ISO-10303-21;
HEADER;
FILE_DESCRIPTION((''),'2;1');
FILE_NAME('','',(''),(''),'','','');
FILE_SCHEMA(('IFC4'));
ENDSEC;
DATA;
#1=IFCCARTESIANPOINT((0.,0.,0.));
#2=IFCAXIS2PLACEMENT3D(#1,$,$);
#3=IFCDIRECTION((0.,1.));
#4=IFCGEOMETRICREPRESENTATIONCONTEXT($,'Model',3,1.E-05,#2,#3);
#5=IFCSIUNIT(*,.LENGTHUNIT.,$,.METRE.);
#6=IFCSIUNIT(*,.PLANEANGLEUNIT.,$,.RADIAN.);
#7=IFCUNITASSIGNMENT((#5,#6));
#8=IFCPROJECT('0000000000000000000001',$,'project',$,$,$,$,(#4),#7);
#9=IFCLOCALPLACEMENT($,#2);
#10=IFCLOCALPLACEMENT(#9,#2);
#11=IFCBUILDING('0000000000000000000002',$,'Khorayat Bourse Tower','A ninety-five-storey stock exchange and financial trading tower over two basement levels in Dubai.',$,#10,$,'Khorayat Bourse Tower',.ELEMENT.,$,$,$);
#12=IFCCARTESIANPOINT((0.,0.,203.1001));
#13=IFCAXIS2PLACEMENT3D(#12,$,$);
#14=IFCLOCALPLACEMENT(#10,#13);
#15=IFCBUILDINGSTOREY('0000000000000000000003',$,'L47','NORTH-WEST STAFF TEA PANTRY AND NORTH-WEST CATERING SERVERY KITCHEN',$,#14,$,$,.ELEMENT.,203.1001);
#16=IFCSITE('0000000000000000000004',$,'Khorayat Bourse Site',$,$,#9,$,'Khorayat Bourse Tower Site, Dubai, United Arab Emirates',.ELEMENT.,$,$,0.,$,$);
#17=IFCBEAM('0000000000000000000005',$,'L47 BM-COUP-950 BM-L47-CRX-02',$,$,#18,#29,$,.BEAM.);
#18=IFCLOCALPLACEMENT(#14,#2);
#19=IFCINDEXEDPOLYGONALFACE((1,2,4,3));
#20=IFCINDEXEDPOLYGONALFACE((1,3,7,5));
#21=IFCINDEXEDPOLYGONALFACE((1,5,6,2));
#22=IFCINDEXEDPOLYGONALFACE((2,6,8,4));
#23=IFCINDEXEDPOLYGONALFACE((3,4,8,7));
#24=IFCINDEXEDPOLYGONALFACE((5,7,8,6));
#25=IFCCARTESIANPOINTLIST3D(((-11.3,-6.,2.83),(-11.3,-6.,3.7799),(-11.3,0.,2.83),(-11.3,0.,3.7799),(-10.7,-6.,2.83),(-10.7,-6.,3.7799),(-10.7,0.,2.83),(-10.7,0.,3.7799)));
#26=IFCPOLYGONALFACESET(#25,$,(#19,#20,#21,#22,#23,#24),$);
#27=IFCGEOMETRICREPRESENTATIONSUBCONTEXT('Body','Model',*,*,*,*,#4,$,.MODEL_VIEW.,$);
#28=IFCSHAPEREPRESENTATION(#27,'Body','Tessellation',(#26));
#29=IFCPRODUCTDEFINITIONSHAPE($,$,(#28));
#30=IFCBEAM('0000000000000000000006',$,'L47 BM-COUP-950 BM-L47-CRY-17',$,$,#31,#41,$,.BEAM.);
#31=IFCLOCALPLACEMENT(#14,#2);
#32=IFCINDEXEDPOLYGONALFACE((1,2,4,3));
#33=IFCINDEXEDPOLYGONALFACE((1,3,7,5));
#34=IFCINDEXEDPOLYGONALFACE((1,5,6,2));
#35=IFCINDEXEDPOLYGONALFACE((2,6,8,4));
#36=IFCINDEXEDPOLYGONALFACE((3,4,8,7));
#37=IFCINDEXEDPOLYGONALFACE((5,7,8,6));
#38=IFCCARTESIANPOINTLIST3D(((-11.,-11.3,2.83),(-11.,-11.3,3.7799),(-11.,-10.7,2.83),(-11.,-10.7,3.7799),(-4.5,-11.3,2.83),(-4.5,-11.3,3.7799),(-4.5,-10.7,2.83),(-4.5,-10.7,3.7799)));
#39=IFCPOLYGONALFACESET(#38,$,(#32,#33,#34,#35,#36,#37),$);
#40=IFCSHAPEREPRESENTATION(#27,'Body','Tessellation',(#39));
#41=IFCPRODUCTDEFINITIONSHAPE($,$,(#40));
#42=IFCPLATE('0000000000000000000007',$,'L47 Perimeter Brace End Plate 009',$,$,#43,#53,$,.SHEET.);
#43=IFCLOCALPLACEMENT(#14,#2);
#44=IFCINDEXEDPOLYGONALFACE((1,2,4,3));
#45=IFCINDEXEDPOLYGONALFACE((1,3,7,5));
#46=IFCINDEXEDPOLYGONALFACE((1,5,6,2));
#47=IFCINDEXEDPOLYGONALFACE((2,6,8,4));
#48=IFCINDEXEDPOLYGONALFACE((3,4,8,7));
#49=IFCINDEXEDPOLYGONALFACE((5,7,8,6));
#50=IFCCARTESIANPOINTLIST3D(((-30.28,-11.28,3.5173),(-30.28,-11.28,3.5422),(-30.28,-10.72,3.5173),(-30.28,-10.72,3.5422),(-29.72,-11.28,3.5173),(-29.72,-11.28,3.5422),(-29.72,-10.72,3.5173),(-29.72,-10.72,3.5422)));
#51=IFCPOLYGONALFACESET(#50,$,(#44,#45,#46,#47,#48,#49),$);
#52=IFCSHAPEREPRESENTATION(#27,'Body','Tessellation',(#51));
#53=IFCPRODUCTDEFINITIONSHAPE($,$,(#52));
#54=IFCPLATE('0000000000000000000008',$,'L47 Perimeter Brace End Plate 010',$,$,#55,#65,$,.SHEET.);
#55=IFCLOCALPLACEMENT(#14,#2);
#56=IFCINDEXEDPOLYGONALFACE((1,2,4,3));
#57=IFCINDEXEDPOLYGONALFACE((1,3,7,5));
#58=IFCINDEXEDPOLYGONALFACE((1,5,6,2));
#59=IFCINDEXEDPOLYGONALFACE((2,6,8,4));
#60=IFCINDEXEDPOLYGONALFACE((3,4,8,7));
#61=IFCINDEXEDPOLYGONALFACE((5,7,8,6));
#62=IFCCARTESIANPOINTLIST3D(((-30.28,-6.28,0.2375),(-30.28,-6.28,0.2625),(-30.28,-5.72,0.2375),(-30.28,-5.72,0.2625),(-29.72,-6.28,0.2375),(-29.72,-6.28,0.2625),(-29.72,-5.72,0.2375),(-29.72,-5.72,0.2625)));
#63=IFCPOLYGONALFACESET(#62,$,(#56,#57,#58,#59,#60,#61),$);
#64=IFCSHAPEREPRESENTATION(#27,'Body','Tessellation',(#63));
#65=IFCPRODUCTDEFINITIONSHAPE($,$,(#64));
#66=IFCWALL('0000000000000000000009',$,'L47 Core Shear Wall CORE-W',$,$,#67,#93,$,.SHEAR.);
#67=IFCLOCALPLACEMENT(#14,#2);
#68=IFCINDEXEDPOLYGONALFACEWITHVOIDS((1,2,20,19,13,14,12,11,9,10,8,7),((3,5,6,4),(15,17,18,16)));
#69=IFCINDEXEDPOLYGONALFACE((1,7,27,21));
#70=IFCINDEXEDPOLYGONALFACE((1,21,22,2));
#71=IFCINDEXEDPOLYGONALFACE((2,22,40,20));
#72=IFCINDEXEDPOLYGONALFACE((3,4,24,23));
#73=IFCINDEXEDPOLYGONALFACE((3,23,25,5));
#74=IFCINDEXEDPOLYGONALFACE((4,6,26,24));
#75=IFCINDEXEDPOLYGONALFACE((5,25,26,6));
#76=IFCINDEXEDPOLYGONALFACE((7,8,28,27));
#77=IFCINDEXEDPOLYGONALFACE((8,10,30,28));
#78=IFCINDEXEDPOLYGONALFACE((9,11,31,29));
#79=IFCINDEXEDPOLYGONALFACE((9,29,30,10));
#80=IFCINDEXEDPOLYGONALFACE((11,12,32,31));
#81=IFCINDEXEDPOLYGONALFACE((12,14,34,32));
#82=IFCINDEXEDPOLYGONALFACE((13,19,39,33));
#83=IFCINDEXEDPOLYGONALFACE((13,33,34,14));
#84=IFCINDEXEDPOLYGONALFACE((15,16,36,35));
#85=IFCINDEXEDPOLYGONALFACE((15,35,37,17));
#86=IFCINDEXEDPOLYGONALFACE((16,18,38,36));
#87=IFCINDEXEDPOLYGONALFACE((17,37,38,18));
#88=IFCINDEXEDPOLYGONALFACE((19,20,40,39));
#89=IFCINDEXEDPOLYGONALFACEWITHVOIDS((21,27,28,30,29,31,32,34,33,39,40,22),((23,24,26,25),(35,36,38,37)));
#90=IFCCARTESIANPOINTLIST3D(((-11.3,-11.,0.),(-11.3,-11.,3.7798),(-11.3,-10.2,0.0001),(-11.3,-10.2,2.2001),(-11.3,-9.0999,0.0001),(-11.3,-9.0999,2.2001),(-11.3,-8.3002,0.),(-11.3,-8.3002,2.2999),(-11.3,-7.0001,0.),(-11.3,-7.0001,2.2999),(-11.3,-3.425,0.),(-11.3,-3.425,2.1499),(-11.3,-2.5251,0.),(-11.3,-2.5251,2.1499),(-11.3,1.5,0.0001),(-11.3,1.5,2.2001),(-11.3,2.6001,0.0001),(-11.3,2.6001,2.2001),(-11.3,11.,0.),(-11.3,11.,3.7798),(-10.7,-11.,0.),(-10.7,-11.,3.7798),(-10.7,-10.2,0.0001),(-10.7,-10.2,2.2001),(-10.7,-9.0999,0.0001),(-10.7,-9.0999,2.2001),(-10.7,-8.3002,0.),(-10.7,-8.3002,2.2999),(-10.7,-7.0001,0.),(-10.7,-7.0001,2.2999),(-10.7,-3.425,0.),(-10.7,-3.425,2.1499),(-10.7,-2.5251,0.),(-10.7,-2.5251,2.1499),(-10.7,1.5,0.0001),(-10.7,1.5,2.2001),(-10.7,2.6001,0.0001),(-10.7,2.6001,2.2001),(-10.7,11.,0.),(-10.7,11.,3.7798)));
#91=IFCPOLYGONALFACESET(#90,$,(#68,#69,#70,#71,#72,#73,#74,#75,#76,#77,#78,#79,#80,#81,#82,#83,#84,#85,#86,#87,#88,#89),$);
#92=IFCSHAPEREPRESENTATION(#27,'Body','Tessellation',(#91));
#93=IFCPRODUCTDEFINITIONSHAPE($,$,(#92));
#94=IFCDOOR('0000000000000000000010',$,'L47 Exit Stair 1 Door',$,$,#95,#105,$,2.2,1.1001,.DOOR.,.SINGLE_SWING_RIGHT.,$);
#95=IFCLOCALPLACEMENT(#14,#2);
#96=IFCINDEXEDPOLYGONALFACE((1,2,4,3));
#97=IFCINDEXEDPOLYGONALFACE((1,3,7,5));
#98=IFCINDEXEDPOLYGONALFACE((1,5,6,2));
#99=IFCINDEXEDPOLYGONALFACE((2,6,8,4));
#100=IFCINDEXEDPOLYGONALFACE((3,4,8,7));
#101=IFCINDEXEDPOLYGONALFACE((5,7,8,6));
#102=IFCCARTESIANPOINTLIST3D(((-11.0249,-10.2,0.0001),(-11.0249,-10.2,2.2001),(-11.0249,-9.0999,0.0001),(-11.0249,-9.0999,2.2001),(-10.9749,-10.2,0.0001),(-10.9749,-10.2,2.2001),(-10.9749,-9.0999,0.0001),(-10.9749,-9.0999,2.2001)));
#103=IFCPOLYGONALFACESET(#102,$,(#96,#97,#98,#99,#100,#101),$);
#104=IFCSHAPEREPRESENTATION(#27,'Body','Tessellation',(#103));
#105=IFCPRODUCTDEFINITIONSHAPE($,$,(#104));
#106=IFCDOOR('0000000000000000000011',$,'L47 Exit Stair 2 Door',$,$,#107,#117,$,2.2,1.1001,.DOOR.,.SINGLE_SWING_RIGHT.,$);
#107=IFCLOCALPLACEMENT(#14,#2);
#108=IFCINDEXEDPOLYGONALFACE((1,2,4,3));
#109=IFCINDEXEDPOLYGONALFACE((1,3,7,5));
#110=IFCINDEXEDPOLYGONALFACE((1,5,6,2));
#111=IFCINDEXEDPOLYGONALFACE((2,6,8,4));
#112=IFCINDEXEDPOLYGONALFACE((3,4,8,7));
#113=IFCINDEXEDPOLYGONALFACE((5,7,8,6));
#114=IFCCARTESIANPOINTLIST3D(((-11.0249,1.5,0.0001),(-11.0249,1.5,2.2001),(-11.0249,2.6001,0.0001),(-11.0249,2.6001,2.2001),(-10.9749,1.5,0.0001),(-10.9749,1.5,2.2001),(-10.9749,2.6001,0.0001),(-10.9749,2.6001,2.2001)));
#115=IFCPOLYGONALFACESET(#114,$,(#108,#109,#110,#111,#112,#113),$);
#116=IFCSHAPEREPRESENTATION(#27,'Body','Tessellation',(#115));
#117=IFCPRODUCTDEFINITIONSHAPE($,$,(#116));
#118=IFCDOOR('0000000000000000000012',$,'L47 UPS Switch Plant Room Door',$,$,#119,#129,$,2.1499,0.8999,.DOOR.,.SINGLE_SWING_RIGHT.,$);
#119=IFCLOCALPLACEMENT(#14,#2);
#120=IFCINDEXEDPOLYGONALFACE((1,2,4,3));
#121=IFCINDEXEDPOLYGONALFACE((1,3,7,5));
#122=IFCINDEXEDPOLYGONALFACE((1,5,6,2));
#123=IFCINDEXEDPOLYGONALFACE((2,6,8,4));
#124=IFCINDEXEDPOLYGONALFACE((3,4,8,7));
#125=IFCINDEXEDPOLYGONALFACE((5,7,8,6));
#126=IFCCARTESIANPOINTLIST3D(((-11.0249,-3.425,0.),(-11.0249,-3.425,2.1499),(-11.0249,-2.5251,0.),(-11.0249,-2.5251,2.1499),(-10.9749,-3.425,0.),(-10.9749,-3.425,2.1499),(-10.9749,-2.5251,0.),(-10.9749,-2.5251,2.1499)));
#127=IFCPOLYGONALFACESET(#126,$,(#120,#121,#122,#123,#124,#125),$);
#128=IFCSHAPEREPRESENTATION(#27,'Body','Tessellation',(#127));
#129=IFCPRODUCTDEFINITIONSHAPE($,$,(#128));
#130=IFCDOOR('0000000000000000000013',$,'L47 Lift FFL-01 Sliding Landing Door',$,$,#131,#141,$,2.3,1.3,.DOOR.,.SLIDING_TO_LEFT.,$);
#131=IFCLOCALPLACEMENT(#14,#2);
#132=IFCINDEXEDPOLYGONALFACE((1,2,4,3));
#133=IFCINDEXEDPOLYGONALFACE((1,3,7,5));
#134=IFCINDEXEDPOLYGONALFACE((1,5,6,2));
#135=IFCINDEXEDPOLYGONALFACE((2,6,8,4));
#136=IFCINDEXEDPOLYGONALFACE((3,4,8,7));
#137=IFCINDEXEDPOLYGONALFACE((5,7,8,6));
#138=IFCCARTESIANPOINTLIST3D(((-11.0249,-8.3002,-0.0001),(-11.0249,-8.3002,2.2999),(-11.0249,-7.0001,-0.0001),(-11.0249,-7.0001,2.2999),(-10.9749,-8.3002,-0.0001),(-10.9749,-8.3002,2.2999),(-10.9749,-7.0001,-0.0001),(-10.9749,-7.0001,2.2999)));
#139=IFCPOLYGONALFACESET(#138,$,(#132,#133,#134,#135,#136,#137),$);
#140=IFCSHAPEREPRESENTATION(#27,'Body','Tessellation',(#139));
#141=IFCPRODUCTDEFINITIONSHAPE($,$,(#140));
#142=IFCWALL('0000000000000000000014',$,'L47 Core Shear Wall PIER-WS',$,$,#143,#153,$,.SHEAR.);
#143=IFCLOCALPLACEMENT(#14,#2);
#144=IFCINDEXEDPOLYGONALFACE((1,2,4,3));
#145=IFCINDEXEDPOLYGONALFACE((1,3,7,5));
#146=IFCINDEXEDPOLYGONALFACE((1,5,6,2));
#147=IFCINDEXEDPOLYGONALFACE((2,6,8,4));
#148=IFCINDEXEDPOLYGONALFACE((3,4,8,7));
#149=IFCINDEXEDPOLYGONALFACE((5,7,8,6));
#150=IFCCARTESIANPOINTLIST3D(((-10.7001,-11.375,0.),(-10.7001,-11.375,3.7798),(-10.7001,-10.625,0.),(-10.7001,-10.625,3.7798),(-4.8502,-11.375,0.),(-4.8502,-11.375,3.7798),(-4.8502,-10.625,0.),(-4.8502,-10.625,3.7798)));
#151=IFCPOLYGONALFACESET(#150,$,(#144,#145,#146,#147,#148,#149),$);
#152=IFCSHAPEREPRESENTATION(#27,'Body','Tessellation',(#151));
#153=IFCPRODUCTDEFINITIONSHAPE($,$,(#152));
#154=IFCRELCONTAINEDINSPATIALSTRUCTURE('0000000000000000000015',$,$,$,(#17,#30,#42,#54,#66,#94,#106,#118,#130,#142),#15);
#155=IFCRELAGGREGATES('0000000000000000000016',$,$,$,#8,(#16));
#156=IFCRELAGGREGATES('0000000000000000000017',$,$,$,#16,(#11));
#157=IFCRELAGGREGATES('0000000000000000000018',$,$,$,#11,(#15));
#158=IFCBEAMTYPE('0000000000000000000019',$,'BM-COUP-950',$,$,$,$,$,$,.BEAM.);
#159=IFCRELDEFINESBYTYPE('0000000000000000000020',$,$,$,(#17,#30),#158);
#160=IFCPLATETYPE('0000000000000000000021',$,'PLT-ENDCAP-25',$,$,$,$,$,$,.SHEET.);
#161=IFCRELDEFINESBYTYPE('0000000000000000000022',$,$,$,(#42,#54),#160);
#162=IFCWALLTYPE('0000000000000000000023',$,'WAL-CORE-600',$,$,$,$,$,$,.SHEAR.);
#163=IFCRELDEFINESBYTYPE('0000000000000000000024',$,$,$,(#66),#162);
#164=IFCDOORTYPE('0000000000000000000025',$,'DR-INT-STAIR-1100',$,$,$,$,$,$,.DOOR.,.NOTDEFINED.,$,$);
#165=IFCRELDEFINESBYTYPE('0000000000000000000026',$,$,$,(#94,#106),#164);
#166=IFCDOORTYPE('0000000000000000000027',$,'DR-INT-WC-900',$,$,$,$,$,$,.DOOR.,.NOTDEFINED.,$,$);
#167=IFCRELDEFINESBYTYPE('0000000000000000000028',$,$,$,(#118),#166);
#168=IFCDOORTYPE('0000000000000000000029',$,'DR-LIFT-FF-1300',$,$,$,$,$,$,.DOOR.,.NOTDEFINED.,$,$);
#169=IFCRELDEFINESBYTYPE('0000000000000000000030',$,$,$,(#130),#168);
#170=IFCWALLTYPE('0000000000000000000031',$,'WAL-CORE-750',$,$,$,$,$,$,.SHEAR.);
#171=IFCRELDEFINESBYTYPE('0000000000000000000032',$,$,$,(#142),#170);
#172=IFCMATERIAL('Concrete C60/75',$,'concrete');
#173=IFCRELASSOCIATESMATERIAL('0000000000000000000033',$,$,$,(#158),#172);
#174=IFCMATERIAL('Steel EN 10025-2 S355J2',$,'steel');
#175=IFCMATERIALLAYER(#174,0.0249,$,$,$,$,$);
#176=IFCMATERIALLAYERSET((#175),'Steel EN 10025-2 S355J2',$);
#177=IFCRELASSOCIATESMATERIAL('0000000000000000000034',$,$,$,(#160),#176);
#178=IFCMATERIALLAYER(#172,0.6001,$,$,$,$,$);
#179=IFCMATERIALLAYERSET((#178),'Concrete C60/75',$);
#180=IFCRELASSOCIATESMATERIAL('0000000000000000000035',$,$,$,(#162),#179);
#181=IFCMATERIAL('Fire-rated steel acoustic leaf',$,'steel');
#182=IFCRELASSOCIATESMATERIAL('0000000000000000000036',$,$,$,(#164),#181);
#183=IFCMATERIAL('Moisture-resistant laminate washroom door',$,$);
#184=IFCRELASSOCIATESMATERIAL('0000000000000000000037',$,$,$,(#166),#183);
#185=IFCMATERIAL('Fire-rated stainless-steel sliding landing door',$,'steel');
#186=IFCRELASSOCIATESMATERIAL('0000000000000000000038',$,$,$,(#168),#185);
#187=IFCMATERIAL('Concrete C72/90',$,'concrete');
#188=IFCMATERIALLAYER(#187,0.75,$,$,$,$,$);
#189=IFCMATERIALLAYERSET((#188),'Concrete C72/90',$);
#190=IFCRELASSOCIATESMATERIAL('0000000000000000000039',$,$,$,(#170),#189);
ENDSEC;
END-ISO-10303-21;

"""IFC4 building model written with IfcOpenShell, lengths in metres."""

from ifc_helpers import new_model, si_unit, direction, frame, frame_2d, origin, origin_2d, place, context, subcontext, project, spatial, rectangle, extrude, source, transform, mapped, material, layer, layer_set, material_profile, profile_set, type_object, element, fill, save


model = new_model("IFC4")

# Units and contexts
model_context = context("Model", 3, precision=1e-05, world=origin(), true_north=direction((0.0, 1.0)))
body_context = subcontext(model_context, "Body", "Model", "MODEL_VIEW")
ifc_project = project(units=[si_unit("LENGTHUNIT", "METRE"), si_unit("PLANEANGLEUNIT", "RADIAN")], contexts=[model_context])

# Site, building, storey
site_placement = place(None, origin())
site = spatial("IfcSite", under=ifc_project, at=site_placement, Name="Khorayat Bourse Site", LongName="Khorayat Bourse Tower Site, Dubai, United Arab Emirates", CompositionType="ELEMENT", RefElevation=0.0)
building_placement = place(site_placement, origin())
building = spatial("IfcBuilding", under=site, at=building_placement, Name="Khorayat Bourse Tower", Description="A ninety-five-storey stock exchange and financial trading tower over two basement levels in Dubai.", LongName="Khorayat Bourse Tower", CompositionType="ELEMENT")
storey_placement = place(building_placement, frame((0.0, 0.0, 203.1001)))
storey = spatial("IfcBuildingStorey", under=building, at=storey_placement, Name="L47", Description="NORTH-WEST STAFF TEA PANTRY AND NORTH-WEST CATERING SERVERY KITCHEN", CompositionType="ELEMENT", Elevation=203.1001)

# Shared definitions
ifc_material_1 = material(Name="Concrete C60/75", Category="concrete")

# Beams
ifc_material_profile_1 = material_profile(ifc_material_1, rectangle(XDim=0.6001, YDim=0.95, at=origin_2d()), Name="RC 600x950")
ifc_profile_set_1 = profile_set([ifc_material_profile_1], Name="Concrete C60/75")
beam_type_1 = type_object("IfcBeamType", Name="BM-COUP-950", PredefinedType="BEAM", material=ifc_profile_set_1)
shared_shape_1 = source(origin(), body_context, "Body", "SweptSolid", [
    extrude(rectangle(XDim=0.6001, YDim=0.95, at=origin_2d()), origin(), (0.0, 0.0, 1.0), 6.0),
])
beam_1_placement = place(storey_placement, frame((-11.0, -6.0, 3.3049), z_axis=(0.0, 1.0, 0.0), x_axis=(-1.0, 0.0, 0.0)))
element("IfcBeam", 1, at=beam_1_placement, inside=storey, type_object=beam_type_1, Name="L47 BM-COUP-950 BM-L47-CRX-02", PredefinedType="BEAM", context=body_context, shape_type="MappedRepresentation", body=[
    mapped(shared_shape_1, transform((0.0, 0.0, 0.0), scale=1.0)),
])
shared_shape_2 = source(origin(), body_context, "Body", "SweptSolid", [
    extrude(rectangle(XDim=0.6001, YDim=0.95, at=origin_2d()), origin(), (0.0, 0.0, 1.0), 6.5),
])
beam_2_placement = place(storey_placement, frame((-11.0, -11.0, 3.3049), z_axis=(1.0, 0.0, 0.0), x_axis=(0.0, 1.0, 0.0)))
element("IfcBeam", 2, at=beam_2_placement, inside=storey, type_object=beam_type_1, Name="L47 BM-COUP-950 BM-L47-CRY-17", PredefinedType="BEAM", context=body_context, shape_type="MappedRepresentation", body=[
    mapped(shared_shape_2, transform((0.0, 0.0, 0.0), scale=1.0)),
])

# Plates
ifc_material_2 = material(Name="Steel EN 10025-2 S355J2", Category="steel")
ifc_layer_1 = layer(ifc_material_2, 0.0249)
ifc_layer_set_1 = layer_set([ifc_layer_1], Name="Steel EN 10025-2 S355J2")
plate_type = type_object("IfcPlateType", Name="PLT-ENDCAP-25", PredefinedType="SHEET", material=ifc_layer_set_1)
shared_shape_3 = source(origin(), body_context, "Body", "SweptSolid", [
    extrude(rectangle(XDim=0.5601, YDim=0.5601, at=origin_2d()), origin(), (0.0, 0.0, 1.0), 0.0249),
])
for number, where, z_axis, x_axis, name in (
    (3, (-30.0, -11.0, 3.5173), (0.0, 0.0, 1.0), (1.0, 0.0, 0.0), "L47 Perimeter Brace End Plate 009"),
    (4, (-30.0, -6.0, 0.2375), (0.0, 0.0, 1.0), (1.0, 0.0, 0.0), "L47 Perimeter Brace End Plate 010"),
):
    element("IfcPlate", number, at=place(storey_placement, frame(where, z_axis=z_axis, x_axis=x_axis)), inside=storey, type_object=plate_type, Name=name, PredefinedType="SHEET", context=body_context, shape_type="MappedRepresentation", body=[
        mapped(shared_shape_3, transform((0.0, 0.0, 0.0), scale=1.0)),
    ])

# Wall, openings, doors
ifc_layer_2 = layer(ifc_material_1, 0.6001)
ifc_layer_set_2 = layer_set([ifc_layer_2], Name="Concrete C60/75")
wall_type_1 = type_object("IfcWallType", Name="WAL-CORE-600", PredefinedType="SHEAR", material=ifc_layer_set_2)
shared_shape_4 = source(origin(), body_context, "Body", "SweptSolid", [
    extrude(rectangle(XDim=22.0, YDim=0.6001, at=frame_2d((11.0, 0.0))), origin(), (0.0, 0.0, 1.0), 3.7798),
])
wall_1_placement = place(storey_placement, frame((-11.0, -11.0, 0.0), z_axis=(0.0, 0.0, 1.0), x_axis=(0.0, 1.0, 0.0)))
wall_1 = element("IfcWall", 5, at=wall_1_placement, inside=storey, type_object=wall_type_1, Name="L47 Core Shear Wall CORE-W", PredefinedType="SHEAR", context=body_context, shape_type="MappedRepresentation", body=[
    mapped(shared_shape_4, transform((0.0, 0.0, 0.0), scale=1.0)),
])
shared_shape_5 = source(origin(), body_context, "Body", "SweptSolid", [
    extrude(rectangle(XDim=1.1001, YDim=2.2, at=frame_2d((0.55, 1.1001))), frame((0.0, 0.3101, 0.0), z_axis=(0.0, -1.0, 0.0), x_axis=(1.0, 0.0, 0.0)), (0.0, 0.0, 1.0), 0.6201),
])
opening_1_placement = place(wall_1_placement, frame((0.8, 0.0, 0.0)))
opening_1 = element("IfcOpeningElement", 6, at=opening_1_placement, cuts=wall_1, PredefinedType="OPENING", context=body_context, shape_type="MappedRepresentation", body=[
    mapped(shared_shape_5, transform((0.0, 0.0, 0.0), scale=1.0)),
])
opening_2_placement = place(wall_1_placement, frame((12.5, 0.0, 0.0)))
opening_2 = element("IfcOpeningElement", 7, at=opening_2_placement, cuts=wall_1, PredefinedType="OPENING", context=body_context, shape_type="MappedRepresentation", body=[
    mapped(shared_shape_5, transform((0.0, 0.0, 0.0), scale=1.0)),
])
shared_shape_6 = source(origin(), body_context, "Body", "SweptSolid", [
    extrude(rectangle(XDim=0.8999, YDim=2.1499, at=frame_2d((0.45, 1.075))), frame((0.0, 0.3101, 0.0), z_axis=(0.0, -1.0, 0.0), x_axis=(1.0, 0.0, 0.0)), (0.0, 0.0, 1.0), 0.6201),
])
opening_3_placement = place(wall_1_placement, frame((7.575, 0.0, 0.0)))
opening_3 = element("IfcOpeningElement", 8, at=opening_3_placement, cuts=wall_1, PredefinedType="OPENING", context=body_context, shape_type="MappedRepresentation", body=[
    mapped(shared_shape_6, transform((0.0, 0.0, 0.0), scale=1.0)),
])
shared_shape_7 = source(origin(), body_context, "Body", "SweptSolid", [
    extrude(rectangle(XDim=1.3, YDim=2.3, at=frame_2d((0.6499, 1.1499))), frame((0.0, 0.3101, 0.0), z_axis=(0.0, -1.0, 0.0), x_axis=(1.0, 0.0, 0.0)), (0.0, 0.0, 1.0), 0.6201),
])
opening_4_placement = place(wall_1_placement, frame((2.7, 0.0, 0.0)))
opening_4 = element("IfcOpeningElement", 9, at=opening_4_placement, cuts=wall_1, PredefinedType="OPENING", context=body_context, shape_type="MappedRepresentation", body=[
    mapped(shared_shape_7, transform((0.0, 0.0, 0.0), scale=1.0)),
])
ifc_material_3 = material(Name="Fire-rated steel acoustic leaf", Category="steel")
door_type_1 = type_object("IfcDoorType", Name="DR-INT-STAIR-1100", OperationType="NOTDEFINED", PredefinedType="DOOR", material=ifc_material_3)
shared_shape_8 = source(origin(), body_context, "Body", "SweptSolid", [
    extrude(rectangle(XDim=1.1001, YDim=2.2, at=frame_2d((0.55, 1.1001))), frame((0.0, 0.0249, 0.0), z_axis=(0.0, -1.0, 0.0), x_axis=(1.0, 0.0, 0.0)), (0.0, 0.0, 1.0), 0.05),
])
door_1_placement = place(opening_1_placement, origin())
door_1 = element("IfcDoor", 10, at=door_1_placement, inside=storey, type_object=door_type_1, Name="L47 Exit Stair 1 Door", OperationType="SINGLE_SWING_RIGHT", OverallHeight=2.2, OverallWidth=1.1001, PredefinedType="DOOR", context=body_context, shape_type="MappedRepresentation", body=[
    mapped(shared_shape_8, transform((0.0, 0.0, 0.0), scale=1.0)),
])
fill(opening_1, door_1)
door_2_placement = place(opening_2_placement, origin())
door_2 = element("IfcDoor", 11, at=door_2_placement, inside=storey, type_object=door_type_1, Name="L47 Exit Stair 2 Door", OperationType="SINGLE_SWING_RIGHT", OverallHeight=2.2, OverallWidth=1.1001, PredefinedType="DOOR", context=body_context, shape_type="MappedRepresentation", body=[
    mapped(shared_shape_8, transform((0.0, 0.0, 0.0), scale=1.0)),
])
fill(opening_2, door_2)
ifc_material_4 = material(Name="Moisture-resistant laminate washroom door")
door_type_2 = type_object("IfcDoorType", Name="DR-INT-WC-900", OperationType="NOTDEFINED", PredefinedType="DOOR", material=ifc_material_4)
shared_shape_9 = source(origin(), body_context, "Body", "SweptSolid", [
    extrude(rectangle(XDim=0.8999, YDim=2.1499, at=frame_2d((0.45, 1.075))), frame((0.0, 0.0249, 0.0), z_axis=(0.0, -1.0, 0.0), x_axis=(1.0, 0.0, 0.0)), (0.0, 0.0, 1.0), 0.05),
])
door_3_placement = place(opening_3_placement, origin())
door_3 = element("IfcDoor", 12, at=door_3_placement, inside=storey, type_object=door_type_2, Name="L47 UPS Switch Plant Room Door", OperationType="SINGLE_SWING_RIGHT", OverallHeight=2.1499, OverallWidth=0.8999, PredefinedType="DOOR", context=body_context, shape_type="MappedRepresentation", body=[
    mapped(shared_shape_9, transform((0.0, 0.0, 0.0), scale=1.0)),
])
fill(opening_3, door_3)
ifc_material_5 = material(Name="Fire-rated stainless-steel sliding landing door", Category="steel")
door_type_3 = type_object("IfcDoorType", Name="DR-LIFT-FF-1300", OperationType="NOTDEFINED", PredefinedType="DOOR", material=ifc_material_5)
shared_shape_10 = source(origin(), body_context, "Body", "SweptSolid", [
    extrude(rectangle(XDim=1.3, YDim=2.3, at=frame_2d((0.6499, 1.1499))), frame((0.0, 0.0249, 0.0), z_axis=(0.0, -1.0, 0.0), x_axis=(1.0, 0.0, 0.0)), (0.0, 0.0, 1.0), 0.05),
])
door_4_placement = place(opening_4_placement, origin())
door_4 = element("IfcDoor", 13, at=door_4_placement, inside=storey, type_object=door_type_3, Name="L47 Lift FFL-01 Sliding Landing Door", OperationType="SLIDING_TO_LEFT", OverallHeight=2.3, OverallWidth=1.3, PredefinedType="DOOR", context=body_context, shape_type="MappedRepresentation", body=[
    mapped(shared_shape_10, transform((0.0, 0.0, 0.0), scale=1.0)),
])
fill(opening_4, door_4)

# Wall
ifc_material_6 = material(Name="Concrete C72/90", Category="concrete")
ifc_layer_3 = layer(ifc_material_6, 0.75)
ifc_layer_set_3 = layer_set([ifc_layer_3], Name="Concrete C72/90")
wall_type_2 = type_object("IfcWallType", Name="WAL-CORE-750", PredefinedType="SHEAR", material=ifc_layer_set_3)
shared_shape_11 = source(origin(), body_context, "Body", "SweptSolid", [
    extrude(rectangle(XDim=5.8499, YDim=0.75, at=frame_2d((2.9248, 0.0))), origin(), (0.0, 0.0, 1.0), 3.7798),
])
wall_2_placement = place(storey_placement, frame((-10.7, -11.0, 0.0), z_axis=(0.0, 0.0, 1.0), x_axis=(1.0, 0.0, 0.0)))
element("IfcWall", 14, at=wall_2_placement, inside=storey, type_object=wall_type_2, Name="L47 Core Shear Wall PIER-WS", PredefinedType="SHEAR", context=body_context, shape_type="MappedRepresentation", body=[
    mapped(shared_shape_11, transform((0.0, 0.0, 0.0), scale=1.0)),
])

save(model, "model.ifc")
